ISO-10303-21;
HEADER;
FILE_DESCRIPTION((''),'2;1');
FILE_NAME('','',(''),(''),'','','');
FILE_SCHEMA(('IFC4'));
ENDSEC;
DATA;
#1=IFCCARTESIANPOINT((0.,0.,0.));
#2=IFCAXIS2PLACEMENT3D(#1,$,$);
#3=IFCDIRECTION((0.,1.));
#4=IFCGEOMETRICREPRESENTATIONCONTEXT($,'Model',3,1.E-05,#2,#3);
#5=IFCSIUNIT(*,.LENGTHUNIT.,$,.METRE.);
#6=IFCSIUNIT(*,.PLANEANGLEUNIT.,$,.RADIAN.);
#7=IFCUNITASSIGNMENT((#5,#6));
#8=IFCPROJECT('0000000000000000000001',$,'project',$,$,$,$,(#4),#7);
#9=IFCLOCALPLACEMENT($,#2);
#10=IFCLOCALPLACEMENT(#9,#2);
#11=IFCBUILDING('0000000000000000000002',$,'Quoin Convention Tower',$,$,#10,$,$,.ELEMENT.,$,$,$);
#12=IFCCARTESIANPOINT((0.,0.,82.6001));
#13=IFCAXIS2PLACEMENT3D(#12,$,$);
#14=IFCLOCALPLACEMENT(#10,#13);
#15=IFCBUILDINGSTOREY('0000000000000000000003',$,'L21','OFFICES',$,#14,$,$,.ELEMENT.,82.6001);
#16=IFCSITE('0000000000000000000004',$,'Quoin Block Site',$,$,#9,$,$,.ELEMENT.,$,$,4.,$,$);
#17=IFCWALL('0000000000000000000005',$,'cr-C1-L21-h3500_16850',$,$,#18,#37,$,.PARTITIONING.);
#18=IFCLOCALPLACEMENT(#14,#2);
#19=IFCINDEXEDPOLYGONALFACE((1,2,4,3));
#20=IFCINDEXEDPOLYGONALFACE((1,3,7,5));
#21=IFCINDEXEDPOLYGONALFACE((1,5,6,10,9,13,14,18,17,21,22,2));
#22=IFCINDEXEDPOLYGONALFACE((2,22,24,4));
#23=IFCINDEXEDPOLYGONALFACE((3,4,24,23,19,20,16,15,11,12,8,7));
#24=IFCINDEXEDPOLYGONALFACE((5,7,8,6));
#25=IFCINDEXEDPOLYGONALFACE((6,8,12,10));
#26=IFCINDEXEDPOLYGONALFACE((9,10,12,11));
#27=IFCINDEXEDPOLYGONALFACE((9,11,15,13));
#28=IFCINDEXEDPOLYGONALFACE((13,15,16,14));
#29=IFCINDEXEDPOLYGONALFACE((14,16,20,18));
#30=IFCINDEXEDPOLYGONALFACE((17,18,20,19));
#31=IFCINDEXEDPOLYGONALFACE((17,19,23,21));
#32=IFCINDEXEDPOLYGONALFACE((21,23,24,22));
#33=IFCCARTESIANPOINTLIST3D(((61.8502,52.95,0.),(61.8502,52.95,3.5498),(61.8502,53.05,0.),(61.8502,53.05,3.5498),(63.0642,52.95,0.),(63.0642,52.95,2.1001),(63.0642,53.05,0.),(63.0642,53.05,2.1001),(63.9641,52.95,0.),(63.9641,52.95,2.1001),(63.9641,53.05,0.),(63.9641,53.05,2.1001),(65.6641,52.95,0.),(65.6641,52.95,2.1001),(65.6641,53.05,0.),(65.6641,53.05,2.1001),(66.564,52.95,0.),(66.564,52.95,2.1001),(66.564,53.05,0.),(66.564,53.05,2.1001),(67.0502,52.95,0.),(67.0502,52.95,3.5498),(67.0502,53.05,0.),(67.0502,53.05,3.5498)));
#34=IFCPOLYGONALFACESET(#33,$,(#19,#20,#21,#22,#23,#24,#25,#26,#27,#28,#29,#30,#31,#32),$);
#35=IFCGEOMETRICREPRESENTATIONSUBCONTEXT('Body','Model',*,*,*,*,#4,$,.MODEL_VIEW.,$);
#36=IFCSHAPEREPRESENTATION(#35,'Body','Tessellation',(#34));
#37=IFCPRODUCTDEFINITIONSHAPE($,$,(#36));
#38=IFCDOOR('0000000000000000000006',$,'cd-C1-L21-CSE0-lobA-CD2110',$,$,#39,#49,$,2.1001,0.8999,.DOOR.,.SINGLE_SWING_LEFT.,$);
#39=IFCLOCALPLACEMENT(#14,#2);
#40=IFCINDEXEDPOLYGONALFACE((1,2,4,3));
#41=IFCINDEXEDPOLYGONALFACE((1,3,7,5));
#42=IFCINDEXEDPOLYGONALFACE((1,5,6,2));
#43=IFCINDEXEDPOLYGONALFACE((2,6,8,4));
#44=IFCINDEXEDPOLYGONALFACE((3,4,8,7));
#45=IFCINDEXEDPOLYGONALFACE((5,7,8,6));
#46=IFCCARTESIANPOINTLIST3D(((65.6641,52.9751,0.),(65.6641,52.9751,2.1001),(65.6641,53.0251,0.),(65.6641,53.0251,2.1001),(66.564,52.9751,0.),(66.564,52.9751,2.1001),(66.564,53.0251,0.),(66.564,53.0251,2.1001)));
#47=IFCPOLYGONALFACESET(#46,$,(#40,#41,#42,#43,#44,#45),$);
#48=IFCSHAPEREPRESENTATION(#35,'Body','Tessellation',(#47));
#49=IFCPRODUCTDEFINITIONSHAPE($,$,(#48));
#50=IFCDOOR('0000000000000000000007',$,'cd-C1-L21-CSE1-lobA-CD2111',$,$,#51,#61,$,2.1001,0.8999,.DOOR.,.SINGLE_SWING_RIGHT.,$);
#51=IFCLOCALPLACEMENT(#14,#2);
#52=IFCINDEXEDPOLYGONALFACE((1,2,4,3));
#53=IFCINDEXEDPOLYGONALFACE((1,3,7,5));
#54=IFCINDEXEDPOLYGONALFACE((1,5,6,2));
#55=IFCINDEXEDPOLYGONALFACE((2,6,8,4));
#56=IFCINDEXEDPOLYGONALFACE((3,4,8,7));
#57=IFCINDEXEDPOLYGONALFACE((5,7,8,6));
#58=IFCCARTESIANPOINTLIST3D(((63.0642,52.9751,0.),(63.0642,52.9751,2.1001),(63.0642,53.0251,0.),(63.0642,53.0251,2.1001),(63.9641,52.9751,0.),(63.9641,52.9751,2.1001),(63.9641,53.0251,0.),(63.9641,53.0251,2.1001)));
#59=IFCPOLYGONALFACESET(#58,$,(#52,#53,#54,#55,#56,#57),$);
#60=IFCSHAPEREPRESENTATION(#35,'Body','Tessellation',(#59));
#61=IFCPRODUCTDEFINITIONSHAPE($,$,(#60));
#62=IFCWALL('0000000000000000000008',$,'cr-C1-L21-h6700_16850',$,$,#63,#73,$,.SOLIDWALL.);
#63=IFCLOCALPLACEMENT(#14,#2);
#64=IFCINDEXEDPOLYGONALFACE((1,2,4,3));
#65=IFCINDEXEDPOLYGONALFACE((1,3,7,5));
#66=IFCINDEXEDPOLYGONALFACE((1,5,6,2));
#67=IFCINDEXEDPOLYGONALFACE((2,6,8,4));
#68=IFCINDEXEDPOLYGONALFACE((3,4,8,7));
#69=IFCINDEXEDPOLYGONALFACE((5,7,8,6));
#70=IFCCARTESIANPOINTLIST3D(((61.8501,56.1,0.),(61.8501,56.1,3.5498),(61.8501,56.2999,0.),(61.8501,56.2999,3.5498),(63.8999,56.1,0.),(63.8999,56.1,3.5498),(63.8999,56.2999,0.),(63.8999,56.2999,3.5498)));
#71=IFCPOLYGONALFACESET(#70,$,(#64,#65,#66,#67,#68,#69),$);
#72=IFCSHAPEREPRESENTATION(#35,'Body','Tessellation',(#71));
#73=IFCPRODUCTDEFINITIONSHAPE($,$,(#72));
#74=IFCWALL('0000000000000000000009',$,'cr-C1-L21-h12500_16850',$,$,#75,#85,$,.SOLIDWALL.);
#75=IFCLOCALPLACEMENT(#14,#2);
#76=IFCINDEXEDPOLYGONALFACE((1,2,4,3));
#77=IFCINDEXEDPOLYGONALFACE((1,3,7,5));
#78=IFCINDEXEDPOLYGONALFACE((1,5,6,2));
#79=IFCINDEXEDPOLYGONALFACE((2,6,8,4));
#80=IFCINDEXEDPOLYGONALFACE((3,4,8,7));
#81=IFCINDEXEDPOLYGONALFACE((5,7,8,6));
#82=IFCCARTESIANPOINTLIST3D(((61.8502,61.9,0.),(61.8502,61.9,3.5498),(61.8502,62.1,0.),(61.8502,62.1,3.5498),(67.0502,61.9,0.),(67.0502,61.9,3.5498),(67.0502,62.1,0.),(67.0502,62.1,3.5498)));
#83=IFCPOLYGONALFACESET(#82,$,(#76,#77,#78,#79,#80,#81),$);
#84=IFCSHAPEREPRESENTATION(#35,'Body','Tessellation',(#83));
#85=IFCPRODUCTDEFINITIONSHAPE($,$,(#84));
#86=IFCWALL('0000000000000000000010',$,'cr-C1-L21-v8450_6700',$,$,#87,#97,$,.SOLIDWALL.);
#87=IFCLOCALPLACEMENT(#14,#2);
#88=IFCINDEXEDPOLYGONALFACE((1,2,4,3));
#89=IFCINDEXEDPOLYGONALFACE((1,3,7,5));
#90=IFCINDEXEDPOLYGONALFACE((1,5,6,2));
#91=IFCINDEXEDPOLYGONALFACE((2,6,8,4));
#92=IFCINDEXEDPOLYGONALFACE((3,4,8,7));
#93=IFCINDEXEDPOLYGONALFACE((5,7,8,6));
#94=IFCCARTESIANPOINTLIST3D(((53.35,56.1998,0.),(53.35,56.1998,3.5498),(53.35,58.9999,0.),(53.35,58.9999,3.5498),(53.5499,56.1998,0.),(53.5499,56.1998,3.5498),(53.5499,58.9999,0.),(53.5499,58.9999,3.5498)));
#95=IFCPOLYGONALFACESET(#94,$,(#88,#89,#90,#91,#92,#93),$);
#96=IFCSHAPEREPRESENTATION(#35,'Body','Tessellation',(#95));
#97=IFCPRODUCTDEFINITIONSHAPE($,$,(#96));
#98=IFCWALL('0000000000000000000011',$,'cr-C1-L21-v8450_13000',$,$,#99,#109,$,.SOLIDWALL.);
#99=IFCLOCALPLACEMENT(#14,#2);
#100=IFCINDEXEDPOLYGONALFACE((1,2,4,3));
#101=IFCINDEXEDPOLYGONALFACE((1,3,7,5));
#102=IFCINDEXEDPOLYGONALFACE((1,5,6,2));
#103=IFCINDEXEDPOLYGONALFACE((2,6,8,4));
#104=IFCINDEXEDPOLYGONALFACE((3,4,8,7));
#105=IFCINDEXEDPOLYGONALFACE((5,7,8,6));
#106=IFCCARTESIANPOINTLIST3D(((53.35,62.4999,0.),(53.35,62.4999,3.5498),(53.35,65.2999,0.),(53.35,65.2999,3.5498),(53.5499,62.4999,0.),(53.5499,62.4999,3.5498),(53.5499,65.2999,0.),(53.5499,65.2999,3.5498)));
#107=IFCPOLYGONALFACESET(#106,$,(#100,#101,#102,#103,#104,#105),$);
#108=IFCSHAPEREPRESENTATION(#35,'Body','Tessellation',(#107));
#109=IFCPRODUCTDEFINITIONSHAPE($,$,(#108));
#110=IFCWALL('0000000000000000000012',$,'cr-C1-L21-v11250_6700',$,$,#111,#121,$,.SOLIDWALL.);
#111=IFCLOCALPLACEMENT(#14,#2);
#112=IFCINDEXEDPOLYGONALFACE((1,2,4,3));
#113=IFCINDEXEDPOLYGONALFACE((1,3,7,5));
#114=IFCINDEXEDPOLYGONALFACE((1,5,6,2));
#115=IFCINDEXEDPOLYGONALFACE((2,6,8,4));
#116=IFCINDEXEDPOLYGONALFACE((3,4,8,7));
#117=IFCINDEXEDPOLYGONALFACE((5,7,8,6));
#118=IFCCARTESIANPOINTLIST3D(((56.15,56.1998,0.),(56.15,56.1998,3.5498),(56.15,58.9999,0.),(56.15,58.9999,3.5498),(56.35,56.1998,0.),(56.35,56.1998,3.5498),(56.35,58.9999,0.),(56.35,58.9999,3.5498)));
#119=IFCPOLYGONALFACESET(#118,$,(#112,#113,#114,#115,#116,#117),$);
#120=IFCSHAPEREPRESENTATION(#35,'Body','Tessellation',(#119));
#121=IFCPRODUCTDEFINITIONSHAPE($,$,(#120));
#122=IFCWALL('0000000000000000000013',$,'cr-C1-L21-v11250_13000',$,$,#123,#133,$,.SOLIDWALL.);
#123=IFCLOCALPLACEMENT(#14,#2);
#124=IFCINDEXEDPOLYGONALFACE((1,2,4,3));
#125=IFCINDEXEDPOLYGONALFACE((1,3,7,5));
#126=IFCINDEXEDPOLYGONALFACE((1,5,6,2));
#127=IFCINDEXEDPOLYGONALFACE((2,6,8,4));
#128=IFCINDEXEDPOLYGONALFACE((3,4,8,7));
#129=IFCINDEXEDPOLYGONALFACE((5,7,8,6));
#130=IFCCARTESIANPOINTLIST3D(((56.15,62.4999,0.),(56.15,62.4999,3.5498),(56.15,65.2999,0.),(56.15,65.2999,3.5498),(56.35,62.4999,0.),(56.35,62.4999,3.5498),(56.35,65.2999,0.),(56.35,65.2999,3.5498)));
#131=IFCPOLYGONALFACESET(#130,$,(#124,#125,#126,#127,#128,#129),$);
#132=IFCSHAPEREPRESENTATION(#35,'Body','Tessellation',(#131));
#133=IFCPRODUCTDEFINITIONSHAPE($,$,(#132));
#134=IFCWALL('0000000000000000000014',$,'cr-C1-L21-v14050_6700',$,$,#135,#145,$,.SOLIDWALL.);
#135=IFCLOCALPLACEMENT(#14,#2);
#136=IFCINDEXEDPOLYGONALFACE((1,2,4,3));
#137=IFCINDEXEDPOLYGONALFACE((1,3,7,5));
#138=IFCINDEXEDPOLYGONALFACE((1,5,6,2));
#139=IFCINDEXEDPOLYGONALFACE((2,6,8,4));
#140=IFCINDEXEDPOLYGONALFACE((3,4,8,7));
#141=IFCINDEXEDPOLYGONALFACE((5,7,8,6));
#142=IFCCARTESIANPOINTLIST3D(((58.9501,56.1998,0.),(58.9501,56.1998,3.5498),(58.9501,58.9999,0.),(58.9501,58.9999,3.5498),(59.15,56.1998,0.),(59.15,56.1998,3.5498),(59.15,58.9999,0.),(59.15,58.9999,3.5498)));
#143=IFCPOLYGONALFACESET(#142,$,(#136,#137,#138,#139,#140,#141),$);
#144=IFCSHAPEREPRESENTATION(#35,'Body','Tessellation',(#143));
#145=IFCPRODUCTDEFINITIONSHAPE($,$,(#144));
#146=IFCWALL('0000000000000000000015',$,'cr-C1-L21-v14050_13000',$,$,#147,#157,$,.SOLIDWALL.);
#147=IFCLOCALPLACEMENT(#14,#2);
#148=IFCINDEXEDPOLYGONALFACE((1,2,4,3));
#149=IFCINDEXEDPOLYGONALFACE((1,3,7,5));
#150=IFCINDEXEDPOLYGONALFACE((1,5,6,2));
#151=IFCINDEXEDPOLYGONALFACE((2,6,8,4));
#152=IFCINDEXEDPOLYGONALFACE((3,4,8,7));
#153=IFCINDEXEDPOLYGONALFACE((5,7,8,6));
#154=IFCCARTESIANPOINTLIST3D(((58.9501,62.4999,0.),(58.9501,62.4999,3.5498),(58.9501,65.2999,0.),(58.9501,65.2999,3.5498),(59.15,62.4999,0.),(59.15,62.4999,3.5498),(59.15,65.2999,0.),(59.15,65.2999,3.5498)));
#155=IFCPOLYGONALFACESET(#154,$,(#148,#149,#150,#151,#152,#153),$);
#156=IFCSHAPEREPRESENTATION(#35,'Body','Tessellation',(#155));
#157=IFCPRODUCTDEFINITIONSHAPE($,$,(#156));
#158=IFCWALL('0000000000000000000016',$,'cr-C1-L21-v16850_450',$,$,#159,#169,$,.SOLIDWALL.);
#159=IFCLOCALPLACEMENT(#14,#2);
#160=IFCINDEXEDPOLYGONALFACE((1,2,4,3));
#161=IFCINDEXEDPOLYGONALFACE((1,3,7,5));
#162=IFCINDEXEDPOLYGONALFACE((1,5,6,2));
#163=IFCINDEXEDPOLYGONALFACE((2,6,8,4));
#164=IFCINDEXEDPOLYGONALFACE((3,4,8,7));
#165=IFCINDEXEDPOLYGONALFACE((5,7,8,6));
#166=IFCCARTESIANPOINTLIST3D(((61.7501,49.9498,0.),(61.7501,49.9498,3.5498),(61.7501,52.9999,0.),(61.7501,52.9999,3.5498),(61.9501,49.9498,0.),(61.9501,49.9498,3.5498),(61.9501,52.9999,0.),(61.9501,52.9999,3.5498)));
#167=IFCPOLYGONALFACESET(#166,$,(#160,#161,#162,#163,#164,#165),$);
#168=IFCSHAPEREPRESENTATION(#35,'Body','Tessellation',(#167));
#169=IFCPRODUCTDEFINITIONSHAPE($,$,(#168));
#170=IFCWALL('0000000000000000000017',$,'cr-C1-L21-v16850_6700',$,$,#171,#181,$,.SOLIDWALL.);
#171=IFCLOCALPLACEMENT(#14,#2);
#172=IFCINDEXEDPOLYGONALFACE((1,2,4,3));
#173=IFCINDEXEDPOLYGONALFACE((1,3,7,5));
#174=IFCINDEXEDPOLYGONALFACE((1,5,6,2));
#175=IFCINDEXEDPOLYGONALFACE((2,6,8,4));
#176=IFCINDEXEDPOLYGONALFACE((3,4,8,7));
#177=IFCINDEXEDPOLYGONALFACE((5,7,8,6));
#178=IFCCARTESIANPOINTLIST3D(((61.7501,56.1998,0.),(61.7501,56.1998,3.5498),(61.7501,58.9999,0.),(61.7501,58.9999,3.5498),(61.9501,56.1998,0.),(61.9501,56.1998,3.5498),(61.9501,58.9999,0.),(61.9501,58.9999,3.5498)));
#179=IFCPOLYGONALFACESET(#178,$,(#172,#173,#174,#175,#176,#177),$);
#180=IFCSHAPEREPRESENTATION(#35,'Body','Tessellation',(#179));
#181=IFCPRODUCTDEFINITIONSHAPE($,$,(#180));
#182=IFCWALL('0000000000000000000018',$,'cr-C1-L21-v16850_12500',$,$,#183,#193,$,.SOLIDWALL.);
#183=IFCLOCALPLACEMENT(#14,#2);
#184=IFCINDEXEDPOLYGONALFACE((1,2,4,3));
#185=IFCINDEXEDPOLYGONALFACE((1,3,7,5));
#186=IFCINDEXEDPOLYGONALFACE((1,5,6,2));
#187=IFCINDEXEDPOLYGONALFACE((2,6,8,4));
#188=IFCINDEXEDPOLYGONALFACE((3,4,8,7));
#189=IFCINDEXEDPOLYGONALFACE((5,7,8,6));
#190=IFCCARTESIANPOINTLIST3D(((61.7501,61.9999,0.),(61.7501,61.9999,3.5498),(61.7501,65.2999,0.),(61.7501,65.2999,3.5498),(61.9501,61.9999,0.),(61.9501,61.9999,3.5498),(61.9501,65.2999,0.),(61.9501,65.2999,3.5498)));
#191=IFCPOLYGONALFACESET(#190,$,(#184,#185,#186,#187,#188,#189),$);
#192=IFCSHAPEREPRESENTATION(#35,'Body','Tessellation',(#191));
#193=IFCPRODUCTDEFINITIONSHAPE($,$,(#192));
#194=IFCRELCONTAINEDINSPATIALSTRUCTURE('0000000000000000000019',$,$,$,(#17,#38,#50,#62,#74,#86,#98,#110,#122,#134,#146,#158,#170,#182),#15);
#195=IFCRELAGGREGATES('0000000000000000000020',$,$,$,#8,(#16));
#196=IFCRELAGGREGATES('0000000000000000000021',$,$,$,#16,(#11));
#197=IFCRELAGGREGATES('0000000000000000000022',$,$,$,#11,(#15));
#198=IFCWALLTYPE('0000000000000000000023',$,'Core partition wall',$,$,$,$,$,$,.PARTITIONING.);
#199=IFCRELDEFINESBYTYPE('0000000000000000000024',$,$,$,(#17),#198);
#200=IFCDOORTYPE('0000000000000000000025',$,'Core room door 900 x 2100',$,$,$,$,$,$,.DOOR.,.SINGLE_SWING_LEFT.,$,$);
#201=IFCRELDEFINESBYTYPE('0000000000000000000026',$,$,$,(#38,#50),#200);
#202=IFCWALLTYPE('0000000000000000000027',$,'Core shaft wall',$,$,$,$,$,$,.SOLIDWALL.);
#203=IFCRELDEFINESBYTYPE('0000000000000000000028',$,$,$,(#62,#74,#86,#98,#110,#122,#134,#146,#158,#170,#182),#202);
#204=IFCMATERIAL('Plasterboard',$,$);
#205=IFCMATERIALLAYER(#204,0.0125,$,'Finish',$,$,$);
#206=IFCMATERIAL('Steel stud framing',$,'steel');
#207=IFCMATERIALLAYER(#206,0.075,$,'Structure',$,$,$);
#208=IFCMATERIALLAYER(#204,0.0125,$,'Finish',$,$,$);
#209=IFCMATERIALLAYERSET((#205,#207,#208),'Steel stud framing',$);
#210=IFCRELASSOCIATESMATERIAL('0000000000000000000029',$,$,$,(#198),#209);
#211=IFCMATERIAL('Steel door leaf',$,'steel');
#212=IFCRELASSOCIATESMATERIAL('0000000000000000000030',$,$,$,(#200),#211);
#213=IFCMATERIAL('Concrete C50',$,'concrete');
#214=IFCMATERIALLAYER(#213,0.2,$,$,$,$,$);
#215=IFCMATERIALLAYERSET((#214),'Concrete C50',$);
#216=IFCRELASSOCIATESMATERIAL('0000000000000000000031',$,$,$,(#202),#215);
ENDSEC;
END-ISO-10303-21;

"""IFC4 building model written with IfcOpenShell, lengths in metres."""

from ifc_helpers import new_model, si_unit, direction, frame, frame_2d, origin, place, context, subcontext, project, spatial, rectangle, extrude, material, layer, layer_set, type_object, element, fill, save


model = new_model("IFC4")

# Units and contexts
model_context = context("Model", 3, precision=1e-05, world=origin(), true_north=direction((0.0, 1.0)))
body_context = subcontext(model_context, "Body", "Model", "MODEL_VIEW")
ifc_project = project(units=[si_unit("LENGTHUNIT", "METRE"), si_unit("PLANEANGLEUNIT", "RADIAN")], contexts=[model_context])

# Site, building, storey
site_placement = place(None, origin())
site = spatial("IfcSite", under=ifc_project, at=site_placement, Name="Quoin Block Site", CompositionType="ELEMENT", RefElevation=4.0)
building_placement = place(site_placement, origin())
building = spatial("IfcBuilding", under=site, at=building_placement, Name="Quoin Convention Tower", CompositionType="ELEMENT")
storey_placement = place(building_placement, frame((0.0, 0.0, 82.6001)))
storey = spatial("IfcBuildingStorey", under=building, at=storey_placement, Name="L21", Description="OFFICES", CompositionType="ELEMENT", Elevation=82.6001)

# Wall, openings, doors
ifc_material_1 = material(Name="Plasterboard")
ifc_layer_1 = layer(ifc_material_1, 0.0125, Name="Finish")
ifc_material_2 = material(Name="Steel stud framing", Category="steel")
ifc_layer_2 = layer(ifc_material_2, 0.075, Name="Structure")
ifc_layer_3 = layer(ifc_material_1, 0.0125, Name="Finish")
ifc_layer_set_1 = layer_set([ifc_layer_1, ifc_layer_2, ifc_layer_3], Name="Steel stud framing")
wall_type_1 = type_object("IfcWallType", Name="Core partition wall", PredefinedType="PARTITIONING", material=ifc_layer_set_1)
wall_1_placement = place(storey_placement, frame((61.8501, 53.0, 0.0), z_axis=(0.0, 0.0, 1.0), x_axis=(1.0, 0.0, 0.0)))
wall_1 = element("IfcWall", 1, at=wall_1_placement, inside=storey, type_object=wall_type_1, Name="cr-C1-L21-h3500_16850", PredefinedType="PARTITIONING", context=body_context, shape_type="SweptSolid", body=[
    extrude(rectangle(XDim=5.2, YDim=0.1001, at=frame_2d((2.6001, 0.0))), origin(), (0.0, 0.0, 1.0), 3.5498),
])
opening_1_placement = place(wall_1_placement, frame((3.814, 0.0, 0.0)))
opening_1 = element("IfcOpeningElement", 2, at=opening_1_placement, cuts=wall_1, PredefinedType="OPENING", context=body_context, shape_type="SweptSolid", body=[
    extrude(rectangle(XDim=0.8999, YDim=2.1001, at=frame_2d((0.45, 1.05))), frame((0.0, 0.0601, 0.0), z_axis=(0.0, -1.0, 0.0), x_axis=(1.0, 0.0, 0.0)), (0.0, 0.0, 1.0), 0.1201),
])
opening_2_placement = place(wall_1_placement, frame((1.2141, 0.0, 0.0)))
opening_2 = element("IfcOpeningElement", 3, at=opening_2_placement, cuts=wall_1, PredefinedType="OPENING", context=body_context, shape_type="SweptSolid", body=[
    extrude(rectangle(XDim=0.8999, YDim=2.1001, at=frame_2d((0.45, 1.05))), frame((0.0, 0.0601, 0.0), z_axis=(0.0, -1.0, 0.0), x_axis=(1.0, 0.0, 0.0)), (0.0, 0.0, 1.0), 0.1201),
])
ifc_material_3 = material(Name="Steel door leaf", Category="steel")
door_type = type_object("IfcDoorType", Name="Core room door 900 x 2100", OperationType="SINGLE_SWING_LEFT", PredefinedType="DOOR", material=ifc_material_3)
door_1_placement = place(opening_1_placement, frame((0.8999, 0.0, 0.0), z_axis=(0.0, 0.0, 1.0), x_axis=(-1.0, 0.0, 0.0)))
door_1 = element("IfcDoor", 4, at=door_1_placement, inside=storey, type_object=door_type, Name="cd-C1-L21-CSE0-lobA-CD2110", OperationType="SINGLE_SWING_LEFT", OverallHeight=2.1001, OverallWidth=0.8999, PredefinedType="DOOR", context=body_context, shape_type="SweptSolid", body=[
    extrude(rectangle(XDim=0.8999, YDim=2.1001, at=frame_2d((0.45, 1.05))), frame((0.0, 0.0249, 0.0), z_axis=(0.0, -1.0, 0.0), x_axis=(1.0, 0.0, 0.0)), (0.0, 0.0, 1.0), 0.05),
])
fill(opening_1, door_1)
door_2_placement = place(opening_2_placement, frame((0.8999, 0.0, 0.0), z_axis=(0.0, 0.0, 1.0), x_axis=(-1.0, 0.0, 0.0)))
door_2 = element("IfcDoor", 5, at=door_2_placement, inside=storey, type_object=door_type, Name="cd-C1-L21-CSE1-lobA-CD2111", OperationType="SINGLE_SWING_RIGHT", OverallHeight=2.1001, OverallWidth=0.8999, PredefinedType="DOOR", context=body_context, shape_type="SweptSolid", body=[
    extrude(rectangle(XDim=0.8999, YDim=2.1001, at=frame_2d((0.45, 1.05))), frame((0.0, 0.0249, 0.0), z_axis=(0.0, -1.0, 0.0), x_axis=(1.0, 0.0, 0.0)), (0.0, 0.0, 1.0), 0.05),
])
fill(opening_2, door_2)

# Walls
ifc_material_4 = material(Name="Concrete C50", Category="concrete")
ifc_layer_4 = layer(ifc_material_4, 0.2)
ifc_layer_set_2 = layer_set([ifc_layer_4], Name="Concrete C50")
wall_type_2 = type_object("IfcWallType", Name="Core shaft wall", PredefinedType="SOLIDWALL", material=ifc_layer_set_2)
wall_2_placement = place(storey_placement, frame((61.8501, 56.2, 0.0), z_axis=(0.0, 0.0, 1.0), x_axis=(1.0, 0.0, 0.0)))
element("IfcWall", 6, at=wall_2_placement, inside=storey, type_object=wall_type_2, Name="cr-C1-L21-h6700_16850", PredefinedType="SOLIDWALL", context=body_context, shape_type="SweptSolid", body=[
    extrude(rectangle(XDim=2.0498, YDim=0.2, at=frame_2d((1.0249, 0.0))), origin(), (0.0, 0.0, 1.0), 3.5498),
])
wall_3_placement = place(storey_placement, frame((61.8501, 62.0, 0.0), z_axis=(0.0, 0.0, 1.0), x_axis=(1.0, 0.0, 0.0)))
element("IfcWall", 7, at=wall_3_placement, inside=storey, type_object=wall_type_2, Name="cr-C1-L21-h12500_16850", PredefinedType="SOLIDWALL", context=body_context, shape_type="SweptSolid", body=[
    extrude(rectangle(XDim=5.2, YDim=0.2, at=frame_2d((2.6001, 0.0))), origin(), (0.0, 0.0, 1.0), 3.5498),
])
for number, where, z_axis, x_axis, name in (
    (8, (53.45, 56.2, 0.0), (0.0, 0.0, 1.0), (0.0, 1.0, 0.0), "cr-C1-L21-v8450_6700"),
    (9, (53.45, 62.5, 0.0), (0.0, 0.0, 1.0), (0.0, 1.0, 0.0), "cr-C1-L21-v8450_13000"),
    (10, (56.25, 56.2, 0.0), (0.0, 0.0, 1.0), (0.0, 1.0, 0.0), "cr-C1-L21-v11250_6700"),
    (11, (56.25, 62.5, 0.0), (0.0, 0.0, 1.0), (0.0, 1.0, 0.0), "cr-C1-L21-v11250_13000"),
    (12, (59.05, 56.2, 0.0), (0.0, 0.0, 1.0), (0.0, 1.0, 0.0), "cr-C1-L21-v14050_6700"),
    (13, (59.05, 62.5, 0.0), (0.0, 0.0, 1.0), (0.0, 1.0, 0.0), "cr-C1-L21-v14050_13000"),
):
    element("IfcWall", number, at=place(storey_placement, frame(where, z_axis=z_axis, x_axis=x_axis)), inside=storey, type_object=wall_type_2, Name=name, PredefinedType="SOLIDWALL", context=body_context, shape_type="SweptSolid", body=[
        extrude(rectangle(XDim=2.8, YDim=0.2, at=frame_2d((1.3999, 0.0))), origin(), (0.0, 0.0, 1.0), 3.5498),
    ])
wall_4_placement = place(storey_placement, frame((61.8501, 49.95, 0.0), z_axis=(0.0, 0.0, 1.0), x_axis=(0.0, 1.0, 0.0)))
element("IfcWall", 14, at=wall_4_placement, inside=storey, type_object=wall_type_2, Name="cr-C1-L21-v16850_450", PredefinedType="SOLIDWALL", context=body_context, shape_type="SweptSolid", body=[
    extrude(rectangle(XDim=3.05, YDim=0.2, at=frame_2d((1.5249, 0.0))), origin(), (0.0, 0.0, 1.0), 3.5498),
])
wall_5_placement = place(storey_placement, frame((61.8501, 56.2, 0.0), z_axis=(0.0, 0.0, 1.0), x_axis=(0.0, 1.0, 0.0)))
element("IfcWall", 15, at=wall_5_placement, inside=storey, type_object=wall_type_2, Name="cr-C1-L21-v16850_6700", PredefinedType="SOLIDWALL", context=body_context, shape_type="SweptSolid", body=[
    extrude(rectangle(XDim=2.8, YDim=0.2, at=frame_2d((1.3999, 0.0))), origin(), (0.0, 0.0, 1.0), 3.5498),
])
wall_6_placement = place(storey_placement, frame((61.8501, 62.0, 0.0), z_axis=(0.0, 0.0, 1.0), x_axis=(0.0, 1.0, 0.0)))
element("IfcWall", 16, at=wall_6_placement, inside=storey, type_object=wall_type_2, Name="cr-C1-L21-v16850_12500", PredefinedType="SOLIDWALL", context=body_context, shape_type="SweptSolid", body=[
    extrude(rectangle(XDim=3.3, YDim=0.2, at=frame_2d((1.6499, 0.0))), origin(), (0.0, 0.0, 1.0), 3.5498),
])

save(model, "model.ifc")
